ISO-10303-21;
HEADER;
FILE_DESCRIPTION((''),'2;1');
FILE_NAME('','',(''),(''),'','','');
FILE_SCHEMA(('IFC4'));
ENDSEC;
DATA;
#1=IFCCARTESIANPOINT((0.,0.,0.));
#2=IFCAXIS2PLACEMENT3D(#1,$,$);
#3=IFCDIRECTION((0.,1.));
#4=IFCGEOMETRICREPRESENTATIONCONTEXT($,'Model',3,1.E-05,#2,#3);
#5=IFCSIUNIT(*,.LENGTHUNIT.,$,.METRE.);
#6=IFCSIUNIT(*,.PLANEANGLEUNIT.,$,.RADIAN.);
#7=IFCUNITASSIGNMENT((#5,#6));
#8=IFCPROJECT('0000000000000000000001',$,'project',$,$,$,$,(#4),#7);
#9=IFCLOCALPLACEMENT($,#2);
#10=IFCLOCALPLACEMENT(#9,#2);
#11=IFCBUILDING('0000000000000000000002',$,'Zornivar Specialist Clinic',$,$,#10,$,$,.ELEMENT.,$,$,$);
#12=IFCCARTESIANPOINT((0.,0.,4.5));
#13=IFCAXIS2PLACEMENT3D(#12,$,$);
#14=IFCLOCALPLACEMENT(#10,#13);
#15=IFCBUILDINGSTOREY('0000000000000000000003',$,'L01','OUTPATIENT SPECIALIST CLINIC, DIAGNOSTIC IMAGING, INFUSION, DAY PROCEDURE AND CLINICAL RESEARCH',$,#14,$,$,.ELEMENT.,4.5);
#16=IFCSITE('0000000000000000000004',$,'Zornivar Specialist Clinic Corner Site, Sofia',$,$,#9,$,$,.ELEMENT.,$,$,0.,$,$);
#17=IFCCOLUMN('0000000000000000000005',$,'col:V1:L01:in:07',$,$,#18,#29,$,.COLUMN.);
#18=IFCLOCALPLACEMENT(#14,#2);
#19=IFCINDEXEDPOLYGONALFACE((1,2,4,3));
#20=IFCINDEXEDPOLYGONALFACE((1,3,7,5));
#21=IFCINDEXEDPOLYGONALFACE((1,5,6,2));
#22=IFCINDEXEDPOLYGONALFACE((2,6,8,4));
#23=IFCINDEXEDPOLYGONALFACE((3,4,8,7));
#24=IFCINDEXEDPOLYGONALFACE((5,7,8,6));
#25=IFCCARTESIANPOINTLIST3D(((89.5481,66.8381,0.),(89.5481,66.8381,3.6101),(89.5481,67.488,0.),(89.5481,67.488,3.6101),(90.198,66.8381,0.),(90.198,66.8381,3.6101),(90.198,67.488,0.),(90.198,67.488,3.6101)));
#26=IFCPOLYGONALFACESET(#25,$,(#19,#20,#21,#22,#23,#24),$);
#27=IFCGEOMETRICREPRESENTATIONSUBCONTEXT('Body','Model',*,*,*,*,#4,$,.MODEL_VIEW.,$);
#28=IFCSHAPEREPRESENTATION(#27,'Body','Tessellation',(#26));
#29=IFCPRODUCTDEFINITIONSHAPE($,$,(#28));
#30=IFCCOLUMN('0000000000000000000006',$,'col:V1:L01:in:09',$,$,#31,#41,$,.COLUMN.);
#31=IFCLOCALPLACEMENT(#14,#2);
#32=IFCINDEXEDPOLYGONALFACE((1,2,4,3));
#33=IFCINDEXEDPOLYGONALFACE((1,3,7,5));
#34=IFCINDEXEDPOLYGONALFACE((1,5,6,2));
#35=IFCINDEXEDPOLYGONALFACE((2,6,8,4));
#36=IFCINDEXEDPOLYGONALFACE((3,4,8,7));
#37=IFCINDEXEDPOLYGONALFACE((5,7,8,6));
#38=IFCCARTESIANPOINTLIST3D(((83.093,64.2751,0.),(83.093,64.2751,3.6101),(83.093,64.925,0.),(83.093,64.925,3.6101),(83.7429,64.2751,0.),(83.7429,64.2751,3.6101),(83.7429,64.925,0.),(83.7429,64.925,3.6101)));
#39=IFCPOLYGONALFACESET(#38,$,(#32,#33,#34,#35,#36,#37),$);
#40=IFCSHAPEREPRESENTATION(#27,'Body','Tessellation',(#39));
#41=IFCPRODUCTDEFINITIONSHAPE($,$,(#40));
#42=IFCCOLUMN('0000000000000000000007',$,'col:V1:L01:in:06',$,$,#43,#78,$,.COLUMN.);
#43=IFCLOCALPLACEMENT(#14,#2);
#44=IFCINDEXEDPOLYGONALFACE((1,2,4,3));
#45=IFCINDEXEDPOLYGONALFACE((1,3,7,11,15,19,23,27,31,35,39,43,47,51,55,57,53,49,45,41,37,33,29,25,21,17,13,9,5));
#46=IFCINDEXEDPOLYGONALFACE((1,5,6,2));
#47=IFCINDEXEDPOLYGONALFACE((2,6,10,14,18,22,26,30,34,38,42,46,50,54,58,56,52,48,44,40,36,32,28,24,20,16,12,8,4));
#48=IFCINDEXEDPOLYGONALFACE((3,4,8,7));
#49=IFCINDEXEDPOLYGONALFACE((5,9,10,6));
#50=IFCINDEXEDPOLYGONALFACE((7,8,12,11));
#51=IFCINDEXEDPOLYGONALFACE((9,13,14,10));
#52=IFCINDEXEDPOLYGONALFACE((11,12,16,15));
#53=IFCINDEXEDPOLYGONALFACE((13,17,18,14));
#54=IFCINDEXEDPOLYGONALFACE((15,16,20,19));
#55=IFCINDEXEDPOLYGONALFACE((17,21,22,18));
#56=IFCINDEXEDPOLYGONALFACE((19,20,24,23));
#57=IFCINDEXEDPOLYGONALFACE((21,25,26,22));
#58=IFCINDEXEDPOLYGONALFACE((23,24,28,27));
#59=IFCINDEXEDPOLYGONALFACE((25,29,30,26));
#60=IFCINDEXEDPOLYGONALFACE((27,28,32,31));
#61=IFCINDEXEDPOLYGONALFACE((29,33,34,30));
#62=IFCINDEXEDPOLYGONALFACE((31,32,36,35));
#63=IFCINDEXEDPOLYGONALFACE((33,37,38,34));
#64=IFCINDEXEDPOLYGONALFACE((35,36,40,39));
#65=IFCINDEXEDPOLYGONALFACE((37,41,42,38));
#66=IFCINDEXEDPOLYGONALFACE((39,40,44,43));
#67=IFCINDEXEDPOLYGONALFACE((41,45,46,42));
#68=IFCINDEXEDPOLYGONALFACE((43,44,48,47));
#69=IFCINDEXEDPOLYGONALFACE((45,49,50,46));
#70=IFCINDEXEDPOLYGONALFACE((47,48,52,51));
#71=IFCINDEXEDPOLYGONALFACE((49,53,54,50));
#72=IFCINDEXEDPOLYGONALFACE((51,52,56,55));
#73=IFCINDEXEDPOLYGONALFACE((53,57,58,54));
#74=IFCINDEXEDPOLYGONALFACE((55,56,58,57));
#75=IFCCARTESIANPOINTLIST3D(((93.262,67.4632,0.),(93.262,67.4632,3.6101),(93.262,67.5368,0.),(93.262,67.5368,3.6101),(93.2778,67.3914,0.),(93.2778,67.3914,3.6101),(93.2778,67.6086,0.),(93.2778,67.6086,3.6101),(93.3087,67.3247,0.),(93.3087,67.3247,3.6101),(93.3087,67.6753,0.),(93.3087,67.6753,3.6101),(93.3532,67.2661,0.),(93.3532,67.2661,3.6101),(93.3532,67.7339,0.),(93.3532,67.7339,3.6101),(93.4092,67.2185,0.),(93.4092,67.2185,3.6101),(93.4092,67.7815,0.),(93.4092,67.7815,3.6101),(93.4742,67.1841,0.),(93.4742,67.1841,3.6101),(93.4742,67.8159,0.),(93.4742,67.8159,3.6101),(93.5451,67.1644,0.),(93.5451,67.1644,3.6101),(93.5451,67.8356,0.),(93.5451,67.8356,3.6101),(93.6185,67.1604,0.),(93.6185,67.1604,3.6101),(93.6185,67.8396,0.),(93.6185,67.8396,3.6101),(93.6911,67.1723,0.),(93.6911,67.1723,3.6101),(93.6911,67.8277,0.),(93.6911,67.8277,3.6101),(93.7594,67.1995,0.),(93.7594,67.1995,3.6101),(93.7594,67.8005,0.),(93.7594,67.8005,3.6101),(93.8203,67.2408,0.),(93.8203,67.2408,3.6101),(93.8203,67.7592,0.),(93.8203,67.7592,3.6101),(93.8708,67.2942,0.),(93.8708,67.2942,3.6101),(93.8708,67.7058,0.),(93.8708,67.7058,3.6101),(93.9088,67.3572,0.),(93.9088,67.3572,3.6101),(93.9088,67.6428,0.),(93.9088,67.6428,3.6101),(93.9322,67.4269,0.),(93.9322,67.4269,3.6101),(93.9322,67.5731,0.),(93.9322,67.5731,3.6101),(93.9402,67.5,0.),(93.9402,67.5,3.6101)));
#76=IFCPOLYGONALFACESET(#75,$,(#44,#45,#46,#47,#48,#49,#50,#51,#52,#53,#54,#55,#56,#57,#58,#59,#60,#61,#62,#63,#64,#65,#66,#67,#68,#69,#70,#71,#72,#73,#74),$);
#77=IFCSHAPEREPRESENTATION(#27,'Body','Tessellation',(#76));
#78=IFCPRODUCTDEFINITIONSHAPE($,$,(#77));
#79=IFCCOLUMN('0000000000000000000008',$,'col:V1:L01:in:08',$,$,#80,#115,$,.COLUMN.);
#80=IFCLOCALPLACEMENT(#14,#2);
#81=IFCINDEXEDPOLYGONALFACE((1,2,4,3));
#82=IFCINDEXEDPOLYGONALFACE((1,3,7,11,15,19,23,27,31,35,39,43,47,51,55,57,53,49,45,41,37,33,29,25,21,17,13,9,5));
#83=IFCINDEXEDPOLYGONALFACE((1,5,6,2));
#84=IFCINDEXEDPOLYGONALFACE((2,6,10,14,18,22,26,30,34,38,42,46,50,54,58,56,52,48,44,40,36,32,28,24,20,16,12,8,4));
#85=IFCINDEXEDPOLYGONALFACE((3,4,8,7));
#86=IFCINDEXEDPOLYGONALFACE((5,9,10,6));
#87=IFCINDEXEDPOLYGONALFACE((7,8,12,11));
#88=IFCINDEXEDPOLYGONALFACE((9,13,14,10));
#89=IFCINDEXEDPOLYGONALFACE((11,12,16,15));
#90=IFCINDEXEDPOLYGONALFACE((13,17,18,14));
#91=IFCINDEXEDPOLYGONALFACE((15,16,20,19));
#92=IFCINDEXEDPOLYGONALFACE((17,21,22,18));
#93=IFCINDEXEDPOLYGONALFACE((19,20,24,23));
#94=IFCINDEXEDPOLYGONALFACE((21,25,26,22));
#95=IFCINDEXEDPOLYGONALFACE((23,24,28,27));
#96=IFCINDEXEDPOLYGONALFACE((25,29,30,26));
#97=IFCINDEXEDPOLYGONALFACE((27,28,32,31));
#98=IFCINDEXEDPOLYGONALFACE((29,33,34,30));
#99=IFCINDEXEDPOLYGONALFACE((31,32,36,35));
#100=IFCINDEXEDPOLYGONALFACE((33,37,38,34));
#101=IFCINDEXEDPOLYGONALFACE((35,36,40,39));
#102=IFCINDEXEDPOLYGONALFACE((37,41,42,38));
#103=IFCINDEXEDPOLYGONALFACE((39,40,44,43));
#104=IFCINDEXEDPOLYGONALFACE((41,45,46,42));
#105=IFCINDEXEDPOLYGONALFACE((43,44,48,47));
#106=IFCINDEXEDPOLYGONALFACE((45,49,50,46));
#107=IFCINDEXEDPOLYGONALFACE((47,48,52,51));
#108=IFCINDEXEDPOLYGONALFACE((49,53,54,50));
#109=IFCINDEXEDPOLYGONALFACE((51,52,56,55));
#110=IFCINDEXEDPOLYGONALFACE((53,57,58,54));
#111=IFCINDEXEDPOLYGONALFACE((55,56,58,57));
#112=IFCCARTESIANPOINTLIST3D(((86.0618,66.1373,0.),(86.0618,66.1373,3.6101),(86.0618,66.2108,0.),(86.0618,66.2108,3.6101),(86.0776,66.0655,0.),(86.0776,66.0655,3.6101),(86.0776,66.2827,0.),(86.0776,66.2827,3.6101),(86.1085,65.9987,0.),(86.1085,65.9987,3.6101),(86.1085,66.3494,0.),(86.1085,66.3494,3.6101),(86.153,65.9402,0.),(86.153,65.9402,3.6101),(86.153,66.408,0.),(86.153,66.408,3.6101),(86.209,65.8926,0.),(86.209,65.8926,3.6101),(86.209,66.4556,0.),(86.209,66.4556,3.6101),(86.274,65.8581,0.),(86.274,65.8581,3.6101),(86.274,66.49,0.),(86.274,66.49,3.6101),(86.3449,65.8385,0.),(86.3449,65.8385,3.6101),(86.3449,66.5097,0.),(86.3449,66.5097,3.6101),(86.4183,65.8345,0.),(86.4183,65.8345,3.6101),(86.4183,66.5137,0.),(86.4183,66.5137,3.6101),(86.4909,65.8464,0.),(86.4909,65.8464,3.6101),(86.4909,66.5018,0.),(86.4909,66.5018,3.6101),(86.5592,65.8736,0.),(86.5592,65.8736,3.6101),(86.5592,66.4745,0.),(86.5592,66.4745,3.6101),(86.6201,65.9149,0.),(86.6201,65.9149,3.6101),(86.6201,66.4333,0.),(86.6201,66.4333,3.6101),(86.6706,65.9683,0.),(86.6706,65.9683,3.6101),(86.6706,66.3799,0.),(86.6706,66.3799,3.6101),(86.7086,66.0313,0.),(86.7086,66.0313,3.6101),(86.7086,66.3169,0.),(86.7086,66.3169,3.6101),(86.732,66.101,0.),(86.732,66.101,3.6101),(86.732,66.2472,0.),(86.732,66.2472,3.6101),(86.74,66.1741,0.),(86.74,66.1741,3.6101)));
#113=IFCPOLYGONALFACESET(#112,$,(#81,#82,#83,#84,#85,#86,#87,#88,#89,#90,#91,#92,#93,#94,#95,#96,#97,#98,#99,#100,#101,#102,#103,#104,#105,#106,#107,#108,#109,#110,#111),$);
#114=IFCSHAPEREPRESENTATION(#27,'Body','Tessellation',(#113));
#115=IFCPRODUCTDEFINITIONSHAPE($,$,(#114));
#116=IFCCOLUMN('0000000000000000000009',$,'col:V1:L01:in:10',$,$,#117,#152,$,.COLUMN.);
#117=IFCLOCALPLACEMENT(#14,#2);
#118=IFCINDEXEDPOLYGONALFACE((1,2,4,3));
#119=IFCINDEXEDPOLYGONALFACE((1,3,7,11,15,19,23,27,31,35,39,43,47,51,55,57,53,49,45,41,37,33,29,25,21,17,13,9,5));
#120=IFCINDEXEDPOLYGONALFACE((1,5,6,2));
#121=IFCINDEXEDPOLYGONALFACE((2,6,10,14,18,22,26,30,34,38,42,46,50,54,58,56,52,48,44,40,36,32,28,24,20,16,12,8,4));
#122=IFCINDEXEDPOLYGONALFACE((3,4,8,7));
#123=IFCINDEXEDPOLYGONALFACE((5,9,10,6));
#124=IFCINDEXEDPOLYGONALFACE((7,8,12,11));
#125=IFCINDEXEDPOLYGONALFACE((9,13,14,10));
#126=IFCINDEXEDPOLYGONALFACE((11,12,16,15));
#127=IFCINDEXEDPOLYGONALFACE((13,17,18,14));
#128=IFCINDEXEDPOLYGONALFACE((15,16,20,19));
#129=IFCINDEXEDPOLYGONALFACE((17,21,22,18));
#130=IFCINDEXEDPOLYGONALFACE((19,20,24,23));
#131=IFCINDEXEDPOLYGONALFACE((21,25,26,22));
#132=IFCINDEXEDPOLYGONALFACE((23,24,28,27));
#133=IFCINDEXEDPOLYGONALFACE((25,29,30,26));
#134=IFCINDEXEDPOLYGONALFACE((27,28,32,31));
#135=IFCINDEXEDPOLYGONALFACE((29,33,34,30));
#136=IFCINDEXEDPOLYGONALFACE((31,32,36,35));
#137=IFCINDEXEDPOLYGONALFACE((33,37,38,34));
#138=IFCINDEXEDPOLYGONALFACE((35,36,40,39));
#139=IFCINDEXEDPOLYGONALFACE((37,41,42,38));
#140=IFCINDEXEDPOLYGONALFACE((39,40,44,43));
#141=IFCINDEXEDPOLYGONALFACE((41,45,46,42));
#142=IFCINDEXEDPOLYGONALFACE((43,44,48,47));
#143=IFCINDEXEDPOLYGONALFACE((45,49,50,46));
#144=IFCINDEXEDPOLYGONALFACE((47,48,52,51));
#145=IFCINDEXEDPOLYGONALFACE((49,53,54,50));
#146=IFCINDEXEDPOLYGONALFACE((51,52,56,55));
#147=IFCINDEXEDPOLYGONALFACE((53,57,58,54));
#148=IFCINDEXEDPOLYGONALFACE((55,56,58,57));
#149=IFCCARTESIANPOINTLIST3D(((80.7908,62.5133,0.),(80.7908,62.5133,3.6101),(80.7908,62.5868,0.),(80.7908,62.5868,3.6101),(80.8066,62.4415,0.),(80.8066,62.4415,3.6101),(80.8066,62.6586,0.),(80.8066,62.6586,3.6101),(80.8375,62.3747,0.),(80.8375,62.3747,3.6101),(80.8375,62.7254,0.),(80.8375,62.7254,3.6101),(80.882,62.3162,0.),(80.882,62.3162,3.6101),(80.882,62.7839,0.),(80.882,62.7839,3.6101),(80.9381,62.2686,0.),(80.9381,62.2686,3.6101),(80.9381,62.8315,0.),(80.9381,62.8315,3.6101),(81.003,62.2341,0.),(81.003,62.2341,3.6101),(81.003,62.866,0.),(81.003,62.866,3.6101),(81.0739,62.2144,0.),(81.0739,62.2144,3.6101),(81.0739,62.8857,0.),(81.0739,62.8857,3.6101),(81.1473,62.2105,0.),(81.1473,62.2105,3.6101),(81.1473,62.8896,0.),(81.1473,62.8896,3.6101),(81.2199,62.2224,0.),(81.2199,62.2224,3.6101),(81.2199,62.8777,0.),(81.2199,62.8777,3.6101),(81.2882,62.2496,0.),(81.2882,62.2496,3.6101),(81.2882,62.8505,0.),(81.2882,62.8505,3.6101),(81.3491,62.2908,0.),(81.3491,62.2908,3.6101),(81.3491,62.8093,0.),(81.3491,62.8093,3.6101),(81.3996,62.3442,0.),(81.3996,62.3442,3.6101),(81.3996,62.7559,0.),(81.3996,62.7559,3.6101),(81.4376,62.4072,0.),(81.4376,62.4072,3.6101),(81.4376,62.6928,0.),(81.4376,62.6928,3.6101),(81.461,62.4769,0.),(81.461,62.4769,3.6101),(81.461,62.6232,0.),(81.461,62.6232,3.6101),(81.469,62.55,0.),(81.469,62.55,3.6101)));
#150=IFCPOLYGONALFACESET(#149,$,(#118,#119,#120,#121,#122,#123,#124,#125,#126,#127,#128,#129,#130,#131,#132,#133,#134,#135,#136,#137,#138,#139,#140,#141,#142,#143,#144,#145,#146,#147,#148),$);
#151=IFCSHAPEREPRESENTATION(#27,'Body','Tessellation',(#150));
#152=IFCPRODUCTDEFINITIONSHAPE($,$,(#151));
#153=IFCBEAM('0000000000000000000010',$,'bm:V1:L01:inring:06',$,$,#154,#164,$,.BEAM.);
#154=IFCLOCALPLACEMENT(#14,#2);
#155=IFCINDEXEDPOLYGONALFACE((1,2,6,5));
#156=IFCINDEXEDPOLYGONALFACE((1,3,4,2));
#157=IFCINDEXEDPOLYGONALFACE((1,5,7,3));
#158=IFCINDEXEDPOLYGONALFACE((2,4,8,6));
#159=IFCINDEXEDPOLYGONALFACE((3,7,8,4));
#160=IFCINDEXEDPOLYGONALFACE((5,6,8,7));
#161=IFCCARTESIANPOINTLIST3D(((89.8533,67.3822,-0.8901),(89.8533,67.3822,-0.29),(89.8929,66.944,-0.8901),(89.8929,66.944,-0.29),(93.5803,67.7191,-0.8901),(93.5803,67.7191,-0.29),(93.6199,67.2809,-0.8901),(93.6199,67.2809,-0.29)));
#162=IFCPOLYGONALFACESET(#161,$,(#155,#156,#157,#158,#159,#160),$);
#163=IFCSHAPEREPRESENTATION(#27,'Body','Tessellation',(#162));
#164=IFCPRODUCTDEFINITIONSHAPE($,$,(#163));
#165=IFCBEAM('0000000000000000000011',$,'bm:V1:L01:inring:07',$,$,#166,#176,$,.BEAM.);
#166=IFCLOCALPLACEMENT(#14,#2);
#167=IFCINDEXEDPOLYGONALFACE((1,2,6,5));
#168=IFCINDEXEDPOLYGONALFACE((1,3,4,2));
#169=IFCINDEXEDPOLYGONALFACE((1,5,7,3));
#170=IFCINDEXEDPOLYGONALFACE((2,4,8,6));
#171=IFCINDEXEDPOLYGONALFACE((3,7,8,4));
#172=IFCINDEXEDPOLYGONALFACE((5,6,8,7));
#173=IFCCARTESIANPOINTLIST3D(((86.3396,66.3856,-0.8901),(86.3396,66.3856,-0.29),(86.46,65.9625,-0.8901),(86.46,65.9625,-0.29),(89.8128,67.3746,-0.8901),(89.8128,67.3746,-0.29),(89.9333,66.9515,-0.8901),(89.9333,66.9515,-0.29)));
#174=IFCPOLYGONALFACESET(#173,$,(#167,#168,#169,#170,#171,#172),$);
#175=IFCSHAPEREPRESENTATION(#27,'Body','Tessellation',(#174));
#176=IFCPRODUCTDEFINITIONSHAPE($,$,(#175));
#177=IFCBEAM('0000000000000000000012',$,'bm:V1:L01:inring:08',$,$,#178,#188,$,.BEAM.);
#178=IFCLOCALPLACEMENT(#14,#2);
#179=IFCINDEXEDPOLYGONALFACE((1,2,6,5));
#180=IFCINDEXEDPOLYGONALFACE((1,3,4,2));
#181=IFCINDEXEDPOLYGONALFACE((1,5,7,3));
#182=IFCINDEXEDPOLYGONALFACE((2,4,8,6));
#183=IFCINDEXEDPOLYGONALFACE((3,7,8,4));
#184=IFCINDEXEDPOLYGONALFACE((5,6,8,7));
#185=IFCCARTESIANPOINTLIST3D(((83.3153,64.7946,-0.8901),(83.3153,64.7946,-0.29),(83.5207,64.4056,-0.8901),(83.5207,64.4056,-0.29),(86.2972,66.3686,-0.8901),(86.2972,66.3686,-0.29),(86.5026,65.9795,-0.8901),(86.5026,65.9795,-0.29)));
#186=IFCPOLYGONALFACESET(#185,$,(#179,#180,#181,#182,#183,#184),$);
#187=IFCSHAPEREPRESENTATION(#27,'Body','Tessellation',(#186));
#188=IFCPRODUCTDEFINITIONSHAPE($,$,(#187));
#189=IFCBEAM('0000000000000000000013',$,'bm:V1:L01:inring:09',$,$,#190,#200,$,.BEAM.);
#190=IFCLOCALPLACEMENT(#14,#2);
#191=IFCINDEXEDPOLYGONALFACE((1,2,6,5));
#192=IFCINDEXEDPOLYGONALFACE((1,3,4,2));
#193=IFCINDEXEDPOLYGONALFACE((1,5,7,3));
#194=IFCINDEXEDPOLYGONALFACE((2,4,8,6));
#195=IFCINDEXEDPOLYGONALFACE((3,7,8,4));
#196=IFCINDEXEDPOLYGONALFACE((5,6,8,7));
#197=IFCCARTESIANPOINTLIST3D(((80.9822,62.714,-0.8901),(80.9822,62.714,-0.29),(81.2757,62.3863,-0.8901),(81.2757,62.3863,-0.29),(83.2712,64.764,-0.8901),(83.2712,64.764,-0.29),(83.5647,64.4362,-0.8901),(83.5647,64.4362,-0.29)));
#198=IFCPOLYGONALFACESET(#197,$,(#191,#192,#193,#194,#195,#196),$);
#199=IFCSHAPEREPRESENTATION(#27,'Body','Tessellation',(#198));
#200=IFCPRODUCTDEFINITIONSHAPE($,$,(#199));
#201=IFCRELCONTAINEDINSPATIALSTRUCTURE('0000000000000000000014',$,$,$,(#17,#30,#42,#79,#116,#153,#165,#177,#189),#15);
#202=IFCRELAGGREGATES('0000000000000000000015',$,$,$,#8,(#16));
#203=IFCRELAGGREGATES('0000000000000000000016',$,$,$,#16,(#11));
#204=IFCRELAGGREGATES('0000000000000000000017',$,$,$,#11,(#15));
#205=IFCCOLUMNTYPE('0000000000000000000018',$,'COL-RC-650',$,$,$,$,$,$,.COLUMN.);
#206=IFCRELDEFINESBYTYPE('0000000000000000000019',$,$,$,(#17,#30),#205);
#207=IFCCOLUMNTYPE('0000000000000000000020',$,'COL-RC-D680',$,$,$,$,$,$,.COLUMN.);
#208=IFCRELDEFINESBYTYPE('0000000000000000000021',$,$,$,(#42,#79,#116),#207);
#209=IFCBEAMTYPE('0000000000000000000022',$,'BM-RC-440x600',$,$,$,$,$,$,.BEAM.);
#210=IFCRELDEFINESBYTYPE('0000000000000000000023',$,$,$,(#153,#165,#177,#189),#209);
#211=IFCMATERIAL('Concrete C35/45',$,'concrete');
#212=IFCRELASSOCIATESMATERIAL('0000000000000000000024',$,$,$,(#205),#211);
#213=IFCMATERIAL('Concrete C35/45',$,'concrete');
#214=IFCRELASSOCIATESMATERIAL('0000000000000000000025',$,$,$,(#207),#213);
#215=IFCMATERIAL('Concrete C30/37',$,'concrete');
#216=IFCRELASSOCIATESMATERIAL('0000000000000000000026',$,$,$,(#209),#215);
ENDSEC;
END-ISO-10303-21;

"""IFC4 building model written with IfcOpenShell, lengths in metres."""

from ifc_helpers import new_model, si_unit, direction, frame, origin, origin_2d, place, context, subcontext, project, spatial, rectangle, circle, extrude, material, material_profile, profile_set, type_object, element, save


model = new_model("IFC4")

# Units and contexts
model_context = context("Model", 3, precision=1e-05, world=origin(), true_north=direction((0.0, 1.0)))
body_context = subcontext(model_context, "Body", "Model", "MODEL_VIEW")
ifc_project = project(units=[si_unit("LENGTHUNIT", "METRE"), si_unit("PLANEANGLEUNIT", "RADIAN")], contexts=[model_context])

# Site, building, storey
site_placement = place(None, origin())
site = spatial("IfcSite", under=ifc_project, at=site_placement, Name="Zornivar Specialist Clinic Corner Site, Sofia", CompositionType="ELEMENT", RefElevation=0.0)
building_placement = place(site_placement, origin())
building = spatial("IfcBuilding", under=site, at=building_placement, Name="Zornivar Specialist Clinic", CompositionType="ELEMENT")
storey_placement = place(building_placement, frame((0.0, 0.0, 4.5)))
storey = spatial("IfcBuildingStorey", under=building, at=storey_placement, Name="L01", Description="OUTPATIENT SPECIALIST CLINIC, DIAGNOSTIC IMAGING, INFUSION, DAY PROCEDURE AND CLINICAL RESEARCH", CompositionType="ELEMENT", Elevation=4.5)

# Columns
ifc_material_1 = material(Name="Concrete C35/45", Category="concrete")
ifc_material_profile_1 = material_profile(ifc_material_1, rectangle(XDim=0.6499, YDim=0.6499, at=origin_2d()), Name="RC 650x650")
ifc_profile_set_1 = profile_set([ifc_material_profile_1], Name="Concrete C35/45")
column_type_1 = type_object("IfcColumnType", Name="COL-RC-650", PredefinedType="COLUMN", material=ifc_profile_set_1)
for number, where, z_axis, x_axis, name in (
    (1, (89.873, 67.1631, 0.0), (0.0, 0.0, 1.0), (1.0, 0.0, 0.0), "col:V1:L01:in:07"),
    (2, (83.418, 64.6001, 0.0), (0.0, 0.0, 1.0), (1.0, 0.0, 0.0), "col:V1:L01:in:09"),
):
    element("IfcColumn", number, at=place(storey_placement, frame(where, z_axis=z_axis, x_axis=x_axis)), inside=storey, type_object=column_type_1, Name=name, PredefinedType="COLUMN", context=body_context, shape_type="SweptSolid", body=[
        extrude(rectangle(XDim=0.6499, YDim=0.6499, at=origin_2d()), origin(), (0.0, 0.0, 1.0), 3.6101),
    ])
ifc_material_2 = material(Name="Concrete C35/45", Category="concrete")
ifc_material_profile_2 = material_profile(ifc_material_2, circle(Radius=0.3401, at=origin_2d()), Name="RC D680")
ifc_profile_set_2 = profile_set([ifc_material_profile_2], Name="Concrete C35/45")
column_type_2 = type_object("IfcColumnType", Name="COL-RC-D680", PredefinedType="COLUMN", material=ifc_profile_set_2)
for number, where, z_axis, x_axis, name in (
    (3, (93.6001, 67.5, 0.0), (0.0, 0.0, 1.0), (1.0, 0.0, 0.0), "col:V1:L01:in:06"),
    (4, (86.3999, 66.1741, 0.0), (0.0, 0.0, 1.0), (1.0, 0.0, 0.0), "col:V1:L01:in:08"),
    (5, (81.1289, 62.55, 0.0), (0.0, 0.0, 1.0), (1.0, 0.0, 0.0), "col:V1:L01:in:10"),
):
    element("IfcColumn", number, at=place(storey_placement, frame(where, z_axis=z_axis, x_axis=x_axis)), inside=storey, type_object=column_type_2, Name=name, PredefinedType="COLUMN", context=body_context, shape_type="SweptSolid", body=[
        extrude(circle(Radius=0.3401, at=origin_2d()), origin(), (0.0, 0.0, 1.0), 3.6101),
    ])

# Beams
ifc_material_3 = material(Name="Concrete C30/37", Category="concrete")
ifc_material_profile_3 = material_profile(ifc_material_3, rectangle(XDim=0.4399, YDim=0.6001, at=origin_2d()), Name="RC 440x600")
ifc_profile_set_3 = profile_set([ifc_material_profile_3], Name="Concrete C30/37")
beam_type_1 = type_object("IfcBeamType", Name="BM-RC-440x600", PredefinedType="BEAM", material=ifc_profile_set_3)
beam_1_placement = place(storey_placement, frame((93.6001, 67.5, -0.5901), z_axis=(-0.995939, -0.09003, 0.0), x_axis=(0.09003, -0.995939, 0.0)))
element("IfcBeam", 6, at=beam_1_placement, inside=storey, type_object=beam_type_1, Name="bm:V1:L01:inring:06", PredefinedType="BEAM", context=body_context, shape_type="SweptSolid", body=[
    extrude(rectangle(XDim=0.4399, YDim=0.6001, at=origin_2d()), origin(), (0.0, 0.0, 1.0), 3.7422),
])
beam_2_placement = place(storey_placement, frame((89.873, 67.1631, -0.5901), z_axis=(-0.961766, -0.273873, 0.0), x_axis=(0.273873, -0.961766, 0.0)))
element("IfcBeam", 7, at=beam_2_placement, inside=storey, type_object=beam_type_1, Name="bm:V1:L01:inring:07", PredefinedType="BEAM", context=body_context, shape_type="SweptSolid", body=[
    extrude(rectangle(XDim=0.4399, YDim=0.6001, at=origin_2d()), origin(), (0.0, 0.0, 1.0), 3.6113),
])
beam_3_placement = place(storey_placement, frame((86.3999, 66.1741, -0.5901), z_axis=(-0.884363, -0.4668, 0.0), x_axis=(0.4668, -0.884363, 0.0)))
element("IfcBeam", 8, at=beam_3_placement, inside=storey, type_object=beam_type_1, Name="bm:V1:L01:inring:08", PredefinedType="BEAM", context=body_context, shape_type="SweptSolid", body=[
    extrude(rectangle(XDim=0.4399, YDim=0.6001, at=origin_2d()), origin(), (0.0, 0.0, 1.0), 3.3718),
])
beam_4_placement = place(storey_placement, frame((83.418, 64.6001, -0.5901), z_axis=(-0.744927, -0.667145, 0.0), x_axis=(0.667145, -0.744927, 0.0)))
element("IfcBeam", 9, at=beam_4_placement, inside=storey, type_object=beam_type_1, Name="bm:V1:L01:inring:09", PredefinedType="BEAM", context=body_context, shape_type="SweptSolid", body=[
    extrude(rectangle(XDim=0.4399, YDim=0.6001, at=origin_2d()), origin(), (0.0, 0.0, 1.0), 3.0728),
])

save(model, "model.ifc")
